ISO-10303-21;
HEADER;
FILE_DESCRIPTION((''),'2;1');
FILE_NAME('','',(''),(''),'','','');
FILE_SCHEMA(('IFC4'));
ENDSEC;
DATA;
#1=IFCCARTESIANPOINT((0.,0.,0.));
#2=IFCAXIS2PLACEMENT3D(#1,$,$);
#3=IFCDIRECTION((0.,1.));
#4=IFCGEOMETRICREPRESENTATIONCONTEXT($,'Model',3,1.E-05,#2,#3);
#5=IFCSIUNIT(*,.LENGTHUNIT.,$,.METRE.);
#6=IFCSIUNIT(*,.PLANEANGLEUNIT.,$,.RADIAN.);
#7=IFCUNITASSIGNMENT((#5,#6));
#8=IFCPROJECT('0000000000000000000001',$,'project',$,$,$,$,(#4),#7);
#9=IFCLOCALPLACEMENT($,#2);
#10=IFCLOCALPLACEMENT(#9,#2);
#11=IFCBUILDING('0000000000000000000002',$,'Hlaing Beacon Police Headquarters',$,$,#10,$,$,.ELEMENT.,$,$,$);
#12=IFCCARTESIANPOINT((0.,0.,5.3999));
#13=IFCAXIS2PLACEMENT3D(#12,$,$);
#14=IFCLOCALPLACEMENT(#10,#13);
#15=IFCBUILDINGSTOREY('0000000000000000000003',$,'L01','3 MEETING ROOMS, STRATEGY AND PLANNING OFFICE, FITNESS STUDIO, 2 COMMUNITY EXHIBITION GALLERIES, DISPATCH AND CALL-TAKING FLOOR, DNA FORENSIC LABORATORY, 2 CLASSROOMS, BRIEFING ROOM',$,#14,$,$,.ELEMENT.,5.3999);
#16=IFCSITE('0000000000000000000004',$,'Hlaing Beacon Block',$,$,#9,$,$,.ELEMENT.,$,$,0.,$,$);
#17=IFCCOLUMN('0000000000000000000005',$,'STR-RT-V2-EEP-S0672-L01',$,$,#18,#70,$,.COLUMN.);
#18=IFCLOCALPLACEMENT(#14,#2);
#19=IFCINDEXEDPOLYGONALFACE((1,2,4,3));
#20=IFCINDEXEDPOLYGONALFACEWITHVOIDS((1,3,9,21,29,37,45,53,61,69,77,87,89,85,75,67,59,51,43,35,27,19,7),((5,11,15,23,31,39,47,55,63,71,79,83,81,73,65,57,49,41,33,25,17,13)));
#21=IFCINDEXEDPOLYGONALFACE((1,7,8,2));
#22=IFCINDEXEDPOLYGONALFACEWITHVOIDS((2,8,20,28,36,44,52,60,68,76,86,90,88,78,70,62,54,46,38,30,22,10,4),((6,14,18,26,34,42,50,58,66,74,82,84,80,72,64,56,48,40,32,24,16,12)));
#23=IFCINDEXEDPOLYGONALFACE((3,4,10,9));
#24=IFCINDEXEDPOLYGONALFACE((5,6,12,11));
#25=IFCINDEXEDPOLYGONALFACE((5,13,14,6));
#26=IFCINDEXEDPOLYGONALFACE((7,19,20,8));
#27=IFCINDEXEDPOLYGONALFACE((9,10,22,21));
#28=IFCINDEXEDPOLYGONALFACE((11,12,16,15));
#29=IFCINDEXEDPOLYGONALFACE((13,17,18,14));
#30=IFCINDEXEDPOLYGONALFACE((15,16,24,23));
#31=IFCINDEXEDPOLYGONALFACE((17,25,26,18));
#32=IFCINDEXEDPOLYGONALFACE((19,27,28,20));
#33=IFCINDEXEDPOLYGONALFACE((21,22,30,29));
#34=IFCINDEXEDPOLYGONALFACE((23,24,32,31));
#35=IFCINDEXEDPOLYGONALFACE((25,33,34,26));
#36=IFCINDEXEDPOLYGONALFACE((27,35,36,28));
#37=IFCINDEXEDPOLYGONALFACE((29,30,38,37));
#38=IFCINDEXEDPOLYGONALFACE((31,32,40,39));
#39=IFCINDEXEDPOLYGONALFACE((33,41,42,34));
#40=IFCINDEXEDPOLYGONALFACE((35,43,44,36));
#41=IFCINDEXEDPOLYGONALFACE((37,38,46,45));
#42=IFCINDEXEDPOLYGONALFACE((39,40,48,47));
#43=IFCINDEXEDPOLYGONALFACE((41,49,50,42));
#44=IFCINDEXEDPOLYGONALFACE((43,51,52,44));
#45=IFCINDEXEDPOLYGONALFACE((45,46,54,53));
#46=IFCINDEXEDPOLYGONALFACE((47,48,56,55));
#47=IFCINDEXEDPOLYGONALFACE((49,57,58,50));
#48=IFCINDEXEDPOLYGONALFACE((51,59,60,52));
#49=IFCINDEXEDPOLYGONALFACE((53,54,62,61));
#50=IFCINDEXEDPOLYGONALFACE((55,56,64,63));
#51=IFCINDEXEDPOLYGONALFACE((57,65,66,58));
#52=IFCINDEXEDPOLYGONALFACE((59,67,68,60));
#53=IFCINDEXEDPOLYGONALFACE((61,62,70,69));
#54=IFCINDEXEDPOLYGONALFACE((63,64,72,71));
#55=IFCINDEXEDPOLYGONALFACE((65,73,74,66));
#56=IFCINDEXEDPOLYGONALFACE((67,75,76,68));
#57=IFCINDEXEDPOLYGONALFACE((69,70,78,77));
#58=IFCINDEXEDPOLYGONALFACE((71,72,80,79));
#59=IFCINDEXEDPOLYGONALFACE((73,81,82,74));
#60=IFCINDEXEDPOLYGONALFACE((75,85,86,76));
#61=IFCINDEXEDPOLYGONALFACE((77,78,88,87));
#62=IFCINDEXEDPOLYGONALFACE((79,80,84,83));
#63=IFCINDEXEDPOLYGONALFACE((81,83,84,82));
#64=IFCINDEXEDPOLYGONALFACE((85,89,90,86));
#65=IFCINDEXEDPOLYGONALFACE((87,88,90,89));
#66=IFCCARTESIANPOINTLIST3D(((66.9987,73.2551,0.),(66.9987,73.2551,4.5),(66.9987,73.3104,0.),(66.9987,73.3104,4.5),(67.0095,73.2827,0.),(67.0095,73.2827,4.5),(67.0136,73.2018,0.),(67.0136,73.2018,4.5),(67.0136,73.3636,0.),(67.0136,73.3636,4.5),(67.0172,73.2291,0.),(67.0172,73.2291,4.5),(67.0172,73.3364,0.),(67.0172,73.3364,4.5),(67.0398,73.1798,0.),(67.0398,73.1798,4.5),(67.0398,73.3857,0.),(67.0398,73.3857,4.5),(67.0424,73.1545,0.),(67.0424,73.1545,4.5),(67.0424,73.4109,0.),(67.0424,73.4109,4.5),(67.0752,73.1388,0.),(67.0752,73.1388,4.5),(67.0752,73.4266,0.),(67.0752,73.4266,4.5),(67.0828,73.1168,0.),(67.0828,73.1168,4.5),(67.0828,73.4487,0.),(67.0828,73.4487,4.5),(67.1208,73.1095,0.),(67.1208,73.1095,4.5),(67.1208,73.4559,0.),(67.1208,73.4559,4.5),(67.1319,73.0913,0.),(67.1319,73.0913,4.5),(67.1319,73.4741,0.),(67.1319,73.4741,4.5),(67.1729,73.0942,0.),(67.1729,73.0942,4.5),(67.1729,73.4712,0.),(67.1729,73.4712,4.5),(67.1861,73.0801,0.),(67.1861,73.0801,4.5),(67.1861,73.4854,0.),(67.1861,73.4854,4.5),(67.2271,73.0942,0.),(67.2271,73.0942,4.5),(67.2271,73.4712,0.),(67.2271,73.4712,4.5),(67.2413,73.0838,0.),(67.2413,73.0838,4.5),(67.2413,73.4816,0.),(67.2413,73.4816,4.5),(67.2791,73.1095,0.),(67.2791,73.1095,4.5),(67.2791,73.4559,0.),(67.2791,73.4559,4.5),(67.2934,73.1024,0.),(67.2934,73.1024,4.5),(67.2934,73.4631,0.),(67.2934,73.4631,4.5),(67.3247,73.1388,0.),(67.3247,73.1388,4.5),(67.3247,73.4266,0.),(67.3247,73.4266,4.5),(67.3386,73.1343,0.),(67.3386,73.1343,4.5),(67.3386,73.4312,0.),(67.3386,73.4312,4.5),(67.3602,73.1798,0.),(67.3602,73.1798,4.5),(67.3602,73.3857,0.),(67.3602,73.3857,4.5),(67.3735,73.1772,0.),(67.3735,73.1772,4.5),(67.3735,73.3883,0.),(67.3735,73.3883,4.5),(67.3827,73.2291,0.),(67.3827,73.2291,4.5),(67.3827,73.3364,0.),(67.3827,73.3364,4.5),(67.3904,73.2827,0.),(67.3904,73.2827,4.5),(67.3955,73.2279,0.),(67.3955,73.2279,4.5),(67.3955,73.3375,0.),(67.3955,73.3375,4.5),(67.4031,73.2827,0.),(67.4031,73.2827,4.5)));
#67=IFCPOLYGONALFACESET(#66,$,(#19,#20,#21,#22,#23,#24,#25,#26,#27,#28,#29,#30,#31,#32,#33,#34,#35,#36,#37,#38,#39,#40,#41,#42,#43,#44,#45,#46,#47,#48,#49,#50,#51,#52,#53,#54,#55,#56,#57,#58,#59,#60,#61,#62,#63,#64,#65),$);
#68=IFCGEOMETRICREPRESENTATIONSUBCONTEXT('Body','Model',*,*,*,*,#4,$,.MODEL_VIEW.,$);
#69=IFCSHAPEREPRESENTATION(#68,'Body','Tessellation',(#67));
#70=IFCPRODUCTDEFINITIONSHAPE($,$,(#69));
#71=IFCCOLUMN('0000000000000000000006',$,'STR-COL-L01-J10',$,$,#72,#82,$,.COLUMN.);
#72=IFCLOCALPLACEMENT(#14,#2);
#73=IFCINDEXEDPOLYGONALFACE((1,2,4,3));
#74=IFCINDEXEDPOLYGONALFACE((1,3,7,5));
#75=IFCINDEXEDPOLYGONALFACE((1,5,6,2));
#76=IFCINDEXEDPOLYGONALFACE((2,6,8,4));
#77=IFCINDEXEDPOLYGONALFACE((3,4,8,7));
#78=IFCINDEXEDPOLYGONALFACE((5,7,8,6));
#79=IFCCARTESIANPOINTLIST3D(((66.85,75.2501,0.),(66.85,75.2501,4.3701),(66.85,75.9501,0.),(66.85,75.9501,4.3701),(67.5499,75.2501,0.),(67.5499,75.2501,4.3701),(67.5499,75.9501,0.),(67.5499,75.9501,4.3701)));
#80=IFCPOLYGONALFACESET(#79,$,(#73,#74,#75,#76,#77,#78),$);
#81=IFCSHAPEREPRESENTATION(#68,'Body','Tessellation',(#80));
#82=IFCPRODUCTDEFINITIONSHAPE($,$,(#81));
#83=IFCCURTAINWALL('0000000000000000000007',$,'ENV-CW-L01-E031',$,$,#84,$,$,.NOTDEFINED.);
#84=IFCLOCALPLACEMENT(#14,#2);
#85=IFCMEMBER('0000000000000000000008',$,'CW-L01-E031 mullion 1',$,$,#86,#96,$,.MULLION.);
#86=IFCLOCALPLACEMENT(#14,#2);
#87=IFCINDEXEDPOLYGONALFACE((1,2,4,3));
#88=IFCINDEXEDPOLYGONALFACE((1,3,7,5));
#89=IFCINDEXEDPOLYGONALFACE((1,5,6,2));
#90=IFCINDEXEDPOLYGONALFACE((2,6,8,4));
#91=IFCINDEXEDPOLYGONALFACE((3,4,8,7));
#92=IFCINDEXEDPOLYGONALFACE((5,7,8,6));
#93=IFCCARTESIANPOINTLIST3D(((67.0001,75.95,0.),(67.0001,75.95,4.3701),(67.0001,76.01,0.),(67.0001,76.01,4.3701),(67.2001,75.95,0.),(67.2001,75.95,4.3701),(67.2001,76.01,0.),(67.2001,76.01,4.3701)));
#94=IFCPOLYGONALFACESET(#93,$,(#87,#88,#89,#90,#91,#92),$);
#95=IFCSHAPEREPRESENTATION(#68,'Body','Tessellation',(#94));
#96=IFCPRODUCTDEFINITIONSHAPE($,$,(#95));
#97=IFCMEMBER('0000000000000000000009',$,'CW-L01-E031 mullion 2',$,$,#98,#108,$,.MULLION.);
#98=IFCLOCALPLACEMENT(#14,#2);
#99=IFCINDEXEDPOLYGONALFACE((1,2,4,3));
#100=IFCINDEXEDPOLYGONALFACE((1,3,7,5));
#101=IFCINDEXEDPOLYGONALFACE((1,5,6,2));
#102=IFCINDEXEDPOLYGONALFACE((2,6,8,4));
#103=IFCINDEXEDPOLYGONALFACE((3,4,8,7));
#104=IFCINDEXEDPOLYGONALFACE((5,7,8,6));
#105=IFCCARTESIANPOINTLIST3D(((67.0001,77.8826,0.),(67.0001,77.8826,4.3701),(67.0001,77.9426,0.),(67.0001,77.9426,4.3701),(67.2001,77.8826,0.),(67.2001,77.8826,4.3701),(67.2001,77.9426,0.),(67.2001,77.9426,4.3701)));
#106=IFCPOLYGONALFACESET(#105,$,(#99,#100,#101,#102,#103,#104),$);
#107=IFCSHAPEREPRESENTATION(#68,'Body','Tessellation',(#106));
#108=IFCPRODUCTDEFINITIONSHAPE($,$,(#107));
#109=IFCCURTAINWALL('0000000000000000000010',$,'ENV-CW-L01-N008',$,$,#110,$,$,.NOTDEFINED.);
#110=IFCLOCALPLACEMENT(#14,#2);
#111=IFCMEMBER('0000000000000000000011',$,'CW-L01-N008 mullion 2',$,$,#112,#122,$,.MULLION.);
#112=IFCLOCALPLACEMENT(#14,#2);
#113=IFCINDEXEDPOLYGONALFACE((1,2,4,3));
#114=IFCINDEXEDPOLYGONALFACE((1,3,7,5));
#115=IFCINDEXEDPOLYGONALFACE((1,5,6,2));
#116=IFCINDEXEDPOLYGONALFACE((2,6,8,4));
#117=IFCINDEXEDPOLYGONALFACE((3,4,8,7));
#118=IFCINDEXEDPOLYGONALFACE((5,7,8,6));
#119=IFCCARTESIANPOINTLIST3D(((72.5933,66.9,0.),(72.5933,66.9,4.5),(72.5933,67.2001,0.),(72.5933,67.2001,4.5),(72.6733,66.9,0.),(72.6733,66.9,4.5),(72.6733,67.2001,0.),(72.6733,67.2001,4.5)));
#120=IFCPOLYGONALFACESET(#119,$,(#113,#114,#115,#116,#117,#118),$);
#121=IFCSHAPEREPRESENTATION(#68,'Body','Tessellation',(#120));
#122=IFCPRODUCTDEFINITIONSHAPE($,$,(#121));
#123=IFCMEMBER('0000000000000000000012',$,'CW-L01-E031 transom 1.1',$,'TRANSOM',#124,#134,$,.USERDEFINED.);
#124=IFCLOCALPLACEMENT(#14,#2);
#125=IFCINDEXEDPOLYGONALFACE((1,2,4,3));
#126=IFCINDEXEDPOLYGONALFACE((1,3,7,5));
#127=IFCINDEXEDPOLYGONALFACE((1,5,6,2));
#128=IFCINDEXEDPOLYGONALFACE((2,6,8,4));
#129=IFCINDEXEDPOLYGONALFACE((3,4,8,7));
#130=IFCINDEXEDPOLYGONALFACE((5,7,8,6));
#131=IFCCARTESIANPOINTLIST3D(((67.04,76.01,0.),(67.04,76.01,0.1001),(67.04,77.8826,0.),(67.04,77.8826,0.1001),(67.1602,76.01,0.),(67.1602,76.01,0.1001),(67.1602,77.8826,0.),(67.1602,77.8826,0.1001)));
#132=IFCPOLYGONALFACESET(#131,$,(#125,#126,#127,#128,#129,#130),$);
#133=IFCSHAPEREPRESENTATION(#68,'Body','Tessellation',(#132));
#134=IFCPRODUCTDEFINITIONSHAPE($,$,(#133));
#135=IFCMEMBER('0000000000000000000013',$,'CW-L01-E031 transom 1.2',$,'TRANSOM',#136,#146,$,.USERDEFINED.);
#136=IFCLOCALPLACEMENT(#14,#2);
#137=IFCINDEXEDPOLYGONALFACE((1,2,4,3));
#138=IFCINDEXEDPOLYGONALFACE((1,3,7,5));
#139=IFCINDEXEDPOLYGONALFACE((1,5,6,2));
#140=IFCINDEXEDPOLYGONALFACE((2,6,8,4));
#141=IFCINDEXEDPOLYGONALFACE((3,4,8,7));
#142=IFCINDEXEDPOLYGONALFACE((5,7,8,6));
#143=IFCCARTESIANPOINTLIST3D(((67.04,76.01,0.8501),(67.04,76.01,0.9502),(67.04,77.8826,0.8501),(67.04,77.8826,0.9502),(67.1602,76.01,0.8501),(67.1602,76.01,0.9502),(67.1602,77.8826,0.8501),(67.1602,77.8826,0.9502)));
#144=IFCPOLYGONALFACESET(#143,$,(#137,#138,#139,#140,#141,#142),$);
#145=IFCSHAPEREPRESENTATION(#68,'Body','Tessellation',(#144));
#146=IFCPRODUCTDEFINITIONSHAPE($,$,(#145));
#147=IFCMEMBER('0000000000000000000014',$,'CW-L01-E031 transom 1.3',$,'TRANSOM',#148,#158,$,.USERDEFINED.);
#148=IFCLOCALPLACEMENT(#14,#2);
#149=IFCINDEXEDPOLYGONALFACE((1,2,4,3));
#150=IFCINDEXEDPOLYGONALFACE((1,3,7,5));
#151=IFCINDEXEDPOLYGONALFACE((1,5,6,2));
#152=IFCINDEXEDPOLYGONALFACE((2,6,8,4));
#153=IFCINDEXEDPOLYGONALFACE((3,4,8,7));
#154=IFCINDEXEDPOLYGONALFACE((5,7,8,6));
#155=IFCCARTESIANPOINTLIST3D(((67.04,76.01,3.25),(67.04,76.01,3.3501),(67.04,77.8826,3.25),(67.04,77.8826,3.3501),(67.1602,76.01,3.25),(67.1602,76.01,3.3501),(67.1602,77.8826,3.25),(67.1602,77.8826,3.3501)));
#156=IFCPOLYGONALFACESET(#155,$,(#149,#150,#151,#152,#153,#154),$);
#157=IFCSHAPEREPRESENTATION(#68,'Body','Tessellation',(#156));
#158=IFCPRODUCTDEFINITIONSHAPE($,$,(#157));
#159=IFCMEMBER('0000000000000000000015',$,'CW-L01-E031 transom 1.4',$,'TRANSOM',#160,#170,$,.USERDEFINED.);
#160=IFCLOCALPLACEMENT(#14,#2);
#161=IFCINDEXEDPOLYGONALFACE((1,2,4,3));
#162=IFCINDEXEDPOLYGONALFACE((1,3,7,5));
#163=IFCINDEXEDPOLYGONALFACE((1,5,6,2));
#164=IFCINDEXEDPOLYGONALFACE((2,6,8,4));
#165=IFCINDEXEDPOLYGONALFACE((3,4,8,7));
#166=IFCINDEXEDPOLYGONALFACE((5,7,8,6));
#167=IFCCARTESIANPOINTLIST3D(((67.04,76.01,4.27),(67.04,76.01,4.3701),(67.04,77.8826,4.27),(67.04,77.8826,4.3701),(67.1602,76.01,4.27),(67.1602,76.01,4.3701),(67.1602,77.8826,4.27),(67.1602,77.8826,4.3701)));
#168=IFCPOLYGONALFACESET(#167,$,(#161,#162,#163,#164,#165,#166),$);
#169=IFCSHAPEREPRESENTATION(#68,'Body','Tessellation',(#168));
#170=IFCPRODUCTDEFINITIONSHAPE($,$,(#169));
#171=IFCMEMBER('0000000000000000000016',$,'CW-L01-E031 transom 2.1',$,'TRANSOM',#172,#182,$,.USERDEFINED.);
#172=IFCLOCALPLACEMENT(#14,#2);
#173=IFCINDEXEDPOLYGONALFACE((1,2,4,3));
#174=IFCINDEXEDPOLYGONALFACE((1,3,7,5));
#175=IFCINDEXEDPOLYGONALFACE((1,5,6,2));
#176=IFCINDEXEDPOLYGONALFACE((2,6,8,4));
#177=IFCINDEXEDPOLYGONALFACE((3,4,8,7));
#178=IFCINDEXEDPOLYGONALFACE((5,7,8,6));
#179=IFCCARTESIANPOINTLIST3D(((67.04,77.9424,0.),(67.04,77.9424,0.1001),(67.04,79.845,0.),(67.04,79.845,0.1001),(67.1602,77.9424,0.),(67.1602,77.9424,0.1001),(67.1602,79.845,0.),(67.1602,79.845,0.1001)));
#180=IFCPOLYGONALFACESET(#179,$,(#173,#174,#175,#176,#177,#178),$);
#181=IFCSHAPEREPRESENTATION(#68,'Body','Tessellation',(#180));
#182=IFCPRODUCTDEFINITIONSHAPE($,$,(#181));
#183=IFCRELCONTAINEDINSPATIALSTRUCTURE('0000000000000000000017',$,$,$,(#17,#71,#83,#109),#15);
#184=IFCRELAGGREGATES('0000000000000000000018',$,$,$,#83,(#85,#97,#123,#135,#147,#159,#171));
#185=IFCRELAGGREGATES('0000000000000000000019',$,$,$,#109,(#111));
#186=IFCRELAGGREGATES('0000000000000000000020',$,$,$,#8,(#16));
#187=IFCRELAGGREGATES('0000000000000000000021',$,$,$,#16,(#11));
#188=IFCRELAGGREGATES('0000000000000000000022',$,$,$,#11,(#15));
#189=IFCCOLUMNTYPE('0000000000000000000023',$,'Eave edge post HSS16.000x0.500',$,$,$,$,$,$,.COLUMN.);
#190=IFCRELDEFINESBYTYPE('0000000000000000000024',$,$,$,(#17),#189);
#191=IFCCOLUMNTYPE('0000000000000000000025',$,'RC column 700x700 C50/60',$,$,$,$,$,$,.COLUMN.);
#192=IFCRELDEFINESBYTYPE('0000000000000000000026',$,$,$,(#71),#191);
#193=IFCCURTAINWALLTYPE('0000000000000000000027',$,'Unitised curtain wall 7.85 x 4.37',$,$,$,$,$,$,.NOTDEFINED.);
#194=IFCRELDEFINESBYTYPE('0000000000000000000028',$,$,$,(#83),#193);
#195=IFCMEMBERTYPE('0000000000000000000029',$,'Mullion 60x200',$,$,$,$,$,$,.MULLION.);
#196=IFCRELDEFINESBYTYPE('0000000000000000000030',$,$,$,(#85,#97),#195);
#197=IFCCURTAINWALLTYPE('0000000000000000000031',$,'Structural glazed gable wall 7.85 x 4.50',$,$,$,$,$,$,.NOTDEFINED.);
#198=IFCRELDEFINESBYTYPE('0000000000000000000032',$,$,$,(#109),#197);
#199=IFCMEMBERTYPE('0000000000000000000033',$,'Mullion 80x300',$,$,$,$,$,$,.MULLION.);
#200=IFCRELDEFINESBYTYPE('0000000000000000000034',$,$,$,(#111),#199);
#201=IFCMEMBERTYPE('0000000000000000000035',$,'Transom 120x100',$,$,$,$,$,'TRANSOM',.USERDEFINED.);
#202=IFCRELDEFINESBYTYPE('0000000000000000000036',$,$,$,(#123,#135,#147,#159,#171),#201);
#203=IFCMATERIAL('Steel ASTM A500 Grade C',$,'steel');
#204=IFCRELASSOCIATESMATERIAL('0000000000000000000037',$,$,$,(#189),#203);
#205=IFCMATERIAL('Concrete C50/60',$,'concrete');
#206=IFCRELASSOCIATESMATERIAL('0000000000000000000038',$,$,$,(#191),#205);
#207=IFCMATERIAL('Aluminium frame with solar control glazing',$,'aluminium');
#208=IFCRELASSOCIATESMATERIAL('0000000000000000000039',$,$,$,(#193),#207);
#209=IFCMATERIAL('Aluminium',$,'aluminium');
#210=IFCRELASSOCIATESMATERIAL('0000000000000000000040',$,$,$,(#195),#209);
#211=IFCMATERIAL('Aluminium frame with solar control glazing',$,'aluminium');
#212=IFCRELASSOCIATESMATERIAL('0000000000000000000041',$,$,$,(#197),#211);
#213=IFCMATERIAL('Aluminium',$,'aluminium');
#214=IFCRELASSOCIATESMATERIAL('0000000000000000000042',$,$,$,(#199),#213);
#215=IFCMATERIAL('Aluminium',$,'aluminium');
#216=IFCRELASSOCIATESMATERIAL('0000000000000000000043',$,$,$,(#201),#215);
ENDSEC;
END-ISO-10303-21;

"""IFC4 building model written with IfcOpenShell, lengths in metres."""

from ifc_helpers import new_model, si_unit, direction, frame, origin, origin_2d, place, context, subcontext, project, spatial, rectangle, hollow_circle, extrude, material, material_profile, profile_set, type_object, element, aggregate, save


model = new_model("IFC4")

# Units and contexts
model_context = context("Model", 3, precision=1e-05, world=origin(), true_north=direction((0.0, 1.0)))
body_context = subcontext(model_context, "Body", "Model", "MODEL_VIEW")
ifc_project = project(units=[si_unit("LENGTHUNIT", "METRE"), si_unit("PLANEANGLEUNIT", "RADIAN")], contexts=[model_context])

# Site, building, storey
site_placement = place(None, origin())
site = spatial("IfcSite", under=ifc_project, at=site_placement, Name="Hlaing Beacon Block", CompositionType="ELEMENT", RefElevation=0.0)
building_placement = place(site_placement, origin())
building = spatial("IfcBuilding", under=site, at=building_placement, Name="Hlaing Beacon Police Headquarters", CompositionType="ELEMENT")
storey_placement = place(building_placement, frame((0.0, 0.0, 5.3999)))
storey = spatial("IfcBuildingStorey", under=building, at=storey_placement, Name="L01", Description="3 MEETING ROOMS, STRATEGY AND PLANNING OFFICE, FITNESS STUDIO, 2 COMMUNITY EXHIBITION GALLERIES, DISPATCH AND CALL-TAKING FLOOR, DNA FORENSIC LABORATORY, 2 CLASSROOMS, BRIEFING ROOM", CompositionType="ELEMENT", Elevation=5.3999)

# Columns
ifc_material_1 = material(Name="Steel ASTM A500 Grade C", Category="steel")
ifc_material_profile_1 = material_profile(ifc_material_1, hollow_circle(Radius=0.2031, WallThickness=0.0127, at=origin_2d()), Name="HSS16.000x0.500")
ifc_profile_set_1 = profile_set([ifc_material_profile_1], Name="Steel ASTM A500 Grade C")
column_type_1 = type_object("IfcColumnType", Name="Eave edge post HSS16.000x0.500", PredefinedType="COLUMN", material=ifc_profile_set_1)
column_1_placement = place(storey_placement, frame((67.2, 73.2827, 0.0), z_axis=(0.0, 0.0, 1.0), x_axis=(1.0, 0.0, 0.0)))
element("IfcColumn", 1, at=column_1_placement, inside=storey, type_object=column_type_1, Name="STR-RT-V2-EEP-S0672-L01", PredefinedType="COLUMN", context=body_context, shape_type="SweptSolid", body=[
    extrude(hollow_circle(Radius=0.2031, WallThickness=0.0127, at=origin_2d()), origin(), (0.0, 0.0, 1.0), 4.5),
])
ifc_material_2 = material(Name="Concrete C50/60", Category="concrete")
ifc_material_profile_2 = material_profile(ifc_material_2, rectangle(XDim=0.7, YDim=0.7, at=origin_2d()), Name="700x700")
ifc_profile_set_2 = profile_set([ifc_material_profile_2], Name="Concrete C50/60")
column_type_2 = type_object("IfcColumnType", Name="RC column 700x700 C50/60", PredefinedType="COLUMN", material=ifc_profile_set_2)
column_2_placement = place(storey_placement, frame((67.2, 75.6001, 0.0), z_axis=(0.0, 0.0, 1.0), x_axis=(1.0, 0.0, 0.0)))
element("IfcColumn", 2, at=column_2_placement, inside=storey, type_object=column_type_2, Name="STR-COL-L01-J10", PredefinedType="COLUMN", context=body_context, shape_type="SweptSolid", body=[
    extrude(rectangle(XDim=0.7, YDim=0.7, at=origin_2d()), origin(), (0.0, 0.0, 1.0), 4.3701),
])

# Curtain wall, members
ifc_material_3 = material(Name="Aluminium frame with solar control glazing", Category="aluminium")
curtain_wall_type_1 = type_object("IfcCurtainWallType", Name="Unitised curtain wall 7.85 x 4.37", PredefinedType="NOTDEFINED", material=ifc_material_3)
curtain_wall_1_placement = place(storey_placement, origin())
curtain_wall_1 = element("IfcCurtainWall", 3, at=curtain_wall_1_placement, inside=storey, type_object=curtain_wall_type_1, Name="ENV-CW-L01-E031", PredefinedType="NOTDEFINED")
ifc_material_4 = material(Name="Aluminium", Category="aluminium")
ifc_material_profile_3 = material_profile(ifc_material_4, rectangle(XDim=0.2, YDim=0.0601, at=origin_2d()), Name="Mullion 60x200")
ifc_profile_set_3 = profile_set([ifc_material_profile_3], Name="Aluminium")
member_type_1 = type_object("IfcMemberType", Name="Mullion 60x200", PredefinedType="MULLION", material=ifc_profile_set_3)
member_1_placement = place(storey_placement, frame((67.1001, 75.98, 0.0), z_axis=(0.0, 0.0, 1.0), x_axis=(-1.0, 0.0, 0.0)))
member_1 = element("IfcMember", 4, at=member_1_placement, type_object=member_type_1, Name="CW-L01-E031 mullion 1", PredefinedType="MULLION", context=body_context, shape_type="SweptSolid", body=[
    extrude(rectangle(XDim=0.2, YDim=0.0601, at=origin_2d()), origin(), (0.0, 0.0, 1.0), 4.3701),
])
member_2_placement = place(storey_placement, frame((67.1001, 77.9126, 0.0), z_axis=(0.0, 0.0, 1.0), x_axis=(-1.0, 0.0, 0.0)))
member_2 = element("IfcMember", 5, at=member_2_placement, type_object=member_type_1, Name="CW-L01-E031 mullion 2", PredefinedType="MULLION", context=body_context, shape_type="SweptSolid", body=[
    extrude(rectangle(XDim=0.2, YDim=0.0601, at=origin_2d()), origin(), (0.0, 0.0, 1.0), 4.3701),
])

# Curtain wall, member
ifc_material_5 = material(Name="Aluminium frame with solar control glazing", Category="aluminium")
curtain_wall_type_2 = type_object("IfcCurtainWallType", Name="Structural glazed gable wall 7.85 x 4.50", PredefinedType="NOTDEFINED", material=ifc_material_5)
curtain_wall_2_placement = place(storey_placement, origin())
curtain_wall_2 = element("IfcCurtainWall", 6, at=curtain_wall_2_placement, inside=storey, type_object=curtain_wall_type_2, Name="ENV-CW-L01-N008", PredefinedType="NOTDEFINED")
ifc_material_6 = material(Name="Aluminium", Category="aluminium")
ifc_material_profile_4 = material_profile(ifc_material_6, rectangle(XDim=0.3, YDim=0.0801, at=origin_2d()), Name="Mullion 80x300")
ifc_profile_set_4 = profile_set([ifc_material_profile_4], Name="Aluminium")
member_type_2 = type_object("IfcMemberType", Name="Mullion 80x300", PredefinedType="MULLION", material=ifc_profile_set_4)
member_3_placement = place(storey_placement, frame((72.6333, 67.05, 0.0), z_axis=(0.0, 0.0, 1.0), x_axis=(0.0, -1.0, 0.0)))
member_3 = element("IfcMember", 7, at=member_3_placement, type_object=member_type_2, Name="CW-L01-N008 mullion 2", PredefinedType="MULLION", context=body_context, shape_type="SweptSolid", body=[
    extrude(rectangle(XDim=0.3, YDim=0.0801, at=origin_2d()), origin(), (0.0, 0.0, 1.0), 4.5),
])

# Members
ifc_material_7 = material(Name="Aluminium", Category="aluminium")
ifc_material_profile_5 = material_profile(ifc_material_7, rectangle(XDim=0.1201, YDim=0.1001, at=origin_2d()), Name="Transom 120x100")
ifc_profile_set_5 = profile_set([ifc_material_profile_5], Name="Aluminium")
member_type_3 = type_object("IfcMemberType", Name="Transom 120x100", ElementType="TRANSOM", PredefinedType="USERDEFINED", material=ifc_profile_set_5)
member_4_placement = place(storey_placement, frame((67.1001, 76.01, 0.05), z_axis=(0.0, 1.0, 0.0), x_axis=(-1.0, 0.0, 0.0)))
member_4 = element("IfcMember", 8, at=member_4_placement, type_object=member_type_3, Name="CW-L01-E031 transom 1.1", ObjectType="TRANSOM", PredefinedType="USERDEFINED", context=body_context, shape_type="SweptSolid", body=[
    extrude(rectangle(XDim=0.1201, YDim=0.1001, at=origin_2d()), origin(), (0.0, 0.0, 1.0), 1.8726),
])
member_5_placement = place(storey_placement, frame((67.1001, 76.01, 0.9001), z_axis=(0.0, 1.0, 0.0), x_axis=(-1.0, 0.0, 0.0)))
member_5 = element("IfcMember", 9, at=member_5_placement, type_object=member_type_3, Name="CW-L01-E031 transom 1.2", ObjectType="TRANSOM", PredefinedType="USERDEFINED", context=body_context, shape_type="SweptSolid", body=[
    extrude(rectangle(XDim=0.1201, YDim=0.1001, at=origin_2d()), origin(), (0.0, 0.0, 1.0), 1.8726),
])
member_6_placement = place(storey_placement, frame((67.1001, 76.01, 3.3), z_axis=(0.0, 1.0, 0.0), x_axis=(-1.0, 0.0, 0.0)))
member_6 = element("IfcMember", 10, at=member_6_placement, type_object=member_type_3, Name="CW-L01-E031 transom 1.3", ObjectType="TRANSOM", PredefinedType="USERDEFINED", context=body_context, shape_type="SweptSolid", body=[
    extrude(rectangle(XDim=0.1201, YDim=0.1001, at=origin_2d()), origin(), (0.0, 0.0, 1.0), 1.8726),
])
member_7_placement = place(storey_placement, frame((67.1001, 76.01, 4.3201), z_axis=(0.0, 1.0, 0.0), x_axis=(-1.0, 0.0, 0.0)))
member_7 = element("IfcMember", 11, at=member_7_placement, type_object=member_type_3, Name="CW-L01-E031 transom 1.4", ObjectType="TRANSOM", PredefinedType="USERDEFINED", context=body_context, shape_type="SweptSolid", body=[
    extrude(rectangle(XDim=0.1201, YDim=0.1001, at=origin_2d()), origin(), (0.0, 0.0, 1.0), 1.8726),
])
member_8_placement = place(storey_placement, frame((67.1001, 77.9424, 0.05), z_axis=(0.0, 1.0, 0.0), x_axis=(-1.0, 0.0, 0.0)))
member_8 = element("IfcMember", 12, at=member_8_placement, type_object=member_type_3, Name="CW-L01-E031 transom 2.1", ObjectType="TRANSOM", PredefinedType="USERDEFINED", context=body_context, shape_type="SweptSolid", body=[
    extrude(rectangle(XDim=0.1201, YDim=0.1001, at=origin_2d()), origin(), (0.0, 0.0, 1.0), 1.9026),
])

aggregate(curtain_wall_1, [member_1, member_2, member_4, member_5, member_6, member_7, member_8])
aggregate(curtain_wall_2, [member_3])

save(model, "model.ifc")
